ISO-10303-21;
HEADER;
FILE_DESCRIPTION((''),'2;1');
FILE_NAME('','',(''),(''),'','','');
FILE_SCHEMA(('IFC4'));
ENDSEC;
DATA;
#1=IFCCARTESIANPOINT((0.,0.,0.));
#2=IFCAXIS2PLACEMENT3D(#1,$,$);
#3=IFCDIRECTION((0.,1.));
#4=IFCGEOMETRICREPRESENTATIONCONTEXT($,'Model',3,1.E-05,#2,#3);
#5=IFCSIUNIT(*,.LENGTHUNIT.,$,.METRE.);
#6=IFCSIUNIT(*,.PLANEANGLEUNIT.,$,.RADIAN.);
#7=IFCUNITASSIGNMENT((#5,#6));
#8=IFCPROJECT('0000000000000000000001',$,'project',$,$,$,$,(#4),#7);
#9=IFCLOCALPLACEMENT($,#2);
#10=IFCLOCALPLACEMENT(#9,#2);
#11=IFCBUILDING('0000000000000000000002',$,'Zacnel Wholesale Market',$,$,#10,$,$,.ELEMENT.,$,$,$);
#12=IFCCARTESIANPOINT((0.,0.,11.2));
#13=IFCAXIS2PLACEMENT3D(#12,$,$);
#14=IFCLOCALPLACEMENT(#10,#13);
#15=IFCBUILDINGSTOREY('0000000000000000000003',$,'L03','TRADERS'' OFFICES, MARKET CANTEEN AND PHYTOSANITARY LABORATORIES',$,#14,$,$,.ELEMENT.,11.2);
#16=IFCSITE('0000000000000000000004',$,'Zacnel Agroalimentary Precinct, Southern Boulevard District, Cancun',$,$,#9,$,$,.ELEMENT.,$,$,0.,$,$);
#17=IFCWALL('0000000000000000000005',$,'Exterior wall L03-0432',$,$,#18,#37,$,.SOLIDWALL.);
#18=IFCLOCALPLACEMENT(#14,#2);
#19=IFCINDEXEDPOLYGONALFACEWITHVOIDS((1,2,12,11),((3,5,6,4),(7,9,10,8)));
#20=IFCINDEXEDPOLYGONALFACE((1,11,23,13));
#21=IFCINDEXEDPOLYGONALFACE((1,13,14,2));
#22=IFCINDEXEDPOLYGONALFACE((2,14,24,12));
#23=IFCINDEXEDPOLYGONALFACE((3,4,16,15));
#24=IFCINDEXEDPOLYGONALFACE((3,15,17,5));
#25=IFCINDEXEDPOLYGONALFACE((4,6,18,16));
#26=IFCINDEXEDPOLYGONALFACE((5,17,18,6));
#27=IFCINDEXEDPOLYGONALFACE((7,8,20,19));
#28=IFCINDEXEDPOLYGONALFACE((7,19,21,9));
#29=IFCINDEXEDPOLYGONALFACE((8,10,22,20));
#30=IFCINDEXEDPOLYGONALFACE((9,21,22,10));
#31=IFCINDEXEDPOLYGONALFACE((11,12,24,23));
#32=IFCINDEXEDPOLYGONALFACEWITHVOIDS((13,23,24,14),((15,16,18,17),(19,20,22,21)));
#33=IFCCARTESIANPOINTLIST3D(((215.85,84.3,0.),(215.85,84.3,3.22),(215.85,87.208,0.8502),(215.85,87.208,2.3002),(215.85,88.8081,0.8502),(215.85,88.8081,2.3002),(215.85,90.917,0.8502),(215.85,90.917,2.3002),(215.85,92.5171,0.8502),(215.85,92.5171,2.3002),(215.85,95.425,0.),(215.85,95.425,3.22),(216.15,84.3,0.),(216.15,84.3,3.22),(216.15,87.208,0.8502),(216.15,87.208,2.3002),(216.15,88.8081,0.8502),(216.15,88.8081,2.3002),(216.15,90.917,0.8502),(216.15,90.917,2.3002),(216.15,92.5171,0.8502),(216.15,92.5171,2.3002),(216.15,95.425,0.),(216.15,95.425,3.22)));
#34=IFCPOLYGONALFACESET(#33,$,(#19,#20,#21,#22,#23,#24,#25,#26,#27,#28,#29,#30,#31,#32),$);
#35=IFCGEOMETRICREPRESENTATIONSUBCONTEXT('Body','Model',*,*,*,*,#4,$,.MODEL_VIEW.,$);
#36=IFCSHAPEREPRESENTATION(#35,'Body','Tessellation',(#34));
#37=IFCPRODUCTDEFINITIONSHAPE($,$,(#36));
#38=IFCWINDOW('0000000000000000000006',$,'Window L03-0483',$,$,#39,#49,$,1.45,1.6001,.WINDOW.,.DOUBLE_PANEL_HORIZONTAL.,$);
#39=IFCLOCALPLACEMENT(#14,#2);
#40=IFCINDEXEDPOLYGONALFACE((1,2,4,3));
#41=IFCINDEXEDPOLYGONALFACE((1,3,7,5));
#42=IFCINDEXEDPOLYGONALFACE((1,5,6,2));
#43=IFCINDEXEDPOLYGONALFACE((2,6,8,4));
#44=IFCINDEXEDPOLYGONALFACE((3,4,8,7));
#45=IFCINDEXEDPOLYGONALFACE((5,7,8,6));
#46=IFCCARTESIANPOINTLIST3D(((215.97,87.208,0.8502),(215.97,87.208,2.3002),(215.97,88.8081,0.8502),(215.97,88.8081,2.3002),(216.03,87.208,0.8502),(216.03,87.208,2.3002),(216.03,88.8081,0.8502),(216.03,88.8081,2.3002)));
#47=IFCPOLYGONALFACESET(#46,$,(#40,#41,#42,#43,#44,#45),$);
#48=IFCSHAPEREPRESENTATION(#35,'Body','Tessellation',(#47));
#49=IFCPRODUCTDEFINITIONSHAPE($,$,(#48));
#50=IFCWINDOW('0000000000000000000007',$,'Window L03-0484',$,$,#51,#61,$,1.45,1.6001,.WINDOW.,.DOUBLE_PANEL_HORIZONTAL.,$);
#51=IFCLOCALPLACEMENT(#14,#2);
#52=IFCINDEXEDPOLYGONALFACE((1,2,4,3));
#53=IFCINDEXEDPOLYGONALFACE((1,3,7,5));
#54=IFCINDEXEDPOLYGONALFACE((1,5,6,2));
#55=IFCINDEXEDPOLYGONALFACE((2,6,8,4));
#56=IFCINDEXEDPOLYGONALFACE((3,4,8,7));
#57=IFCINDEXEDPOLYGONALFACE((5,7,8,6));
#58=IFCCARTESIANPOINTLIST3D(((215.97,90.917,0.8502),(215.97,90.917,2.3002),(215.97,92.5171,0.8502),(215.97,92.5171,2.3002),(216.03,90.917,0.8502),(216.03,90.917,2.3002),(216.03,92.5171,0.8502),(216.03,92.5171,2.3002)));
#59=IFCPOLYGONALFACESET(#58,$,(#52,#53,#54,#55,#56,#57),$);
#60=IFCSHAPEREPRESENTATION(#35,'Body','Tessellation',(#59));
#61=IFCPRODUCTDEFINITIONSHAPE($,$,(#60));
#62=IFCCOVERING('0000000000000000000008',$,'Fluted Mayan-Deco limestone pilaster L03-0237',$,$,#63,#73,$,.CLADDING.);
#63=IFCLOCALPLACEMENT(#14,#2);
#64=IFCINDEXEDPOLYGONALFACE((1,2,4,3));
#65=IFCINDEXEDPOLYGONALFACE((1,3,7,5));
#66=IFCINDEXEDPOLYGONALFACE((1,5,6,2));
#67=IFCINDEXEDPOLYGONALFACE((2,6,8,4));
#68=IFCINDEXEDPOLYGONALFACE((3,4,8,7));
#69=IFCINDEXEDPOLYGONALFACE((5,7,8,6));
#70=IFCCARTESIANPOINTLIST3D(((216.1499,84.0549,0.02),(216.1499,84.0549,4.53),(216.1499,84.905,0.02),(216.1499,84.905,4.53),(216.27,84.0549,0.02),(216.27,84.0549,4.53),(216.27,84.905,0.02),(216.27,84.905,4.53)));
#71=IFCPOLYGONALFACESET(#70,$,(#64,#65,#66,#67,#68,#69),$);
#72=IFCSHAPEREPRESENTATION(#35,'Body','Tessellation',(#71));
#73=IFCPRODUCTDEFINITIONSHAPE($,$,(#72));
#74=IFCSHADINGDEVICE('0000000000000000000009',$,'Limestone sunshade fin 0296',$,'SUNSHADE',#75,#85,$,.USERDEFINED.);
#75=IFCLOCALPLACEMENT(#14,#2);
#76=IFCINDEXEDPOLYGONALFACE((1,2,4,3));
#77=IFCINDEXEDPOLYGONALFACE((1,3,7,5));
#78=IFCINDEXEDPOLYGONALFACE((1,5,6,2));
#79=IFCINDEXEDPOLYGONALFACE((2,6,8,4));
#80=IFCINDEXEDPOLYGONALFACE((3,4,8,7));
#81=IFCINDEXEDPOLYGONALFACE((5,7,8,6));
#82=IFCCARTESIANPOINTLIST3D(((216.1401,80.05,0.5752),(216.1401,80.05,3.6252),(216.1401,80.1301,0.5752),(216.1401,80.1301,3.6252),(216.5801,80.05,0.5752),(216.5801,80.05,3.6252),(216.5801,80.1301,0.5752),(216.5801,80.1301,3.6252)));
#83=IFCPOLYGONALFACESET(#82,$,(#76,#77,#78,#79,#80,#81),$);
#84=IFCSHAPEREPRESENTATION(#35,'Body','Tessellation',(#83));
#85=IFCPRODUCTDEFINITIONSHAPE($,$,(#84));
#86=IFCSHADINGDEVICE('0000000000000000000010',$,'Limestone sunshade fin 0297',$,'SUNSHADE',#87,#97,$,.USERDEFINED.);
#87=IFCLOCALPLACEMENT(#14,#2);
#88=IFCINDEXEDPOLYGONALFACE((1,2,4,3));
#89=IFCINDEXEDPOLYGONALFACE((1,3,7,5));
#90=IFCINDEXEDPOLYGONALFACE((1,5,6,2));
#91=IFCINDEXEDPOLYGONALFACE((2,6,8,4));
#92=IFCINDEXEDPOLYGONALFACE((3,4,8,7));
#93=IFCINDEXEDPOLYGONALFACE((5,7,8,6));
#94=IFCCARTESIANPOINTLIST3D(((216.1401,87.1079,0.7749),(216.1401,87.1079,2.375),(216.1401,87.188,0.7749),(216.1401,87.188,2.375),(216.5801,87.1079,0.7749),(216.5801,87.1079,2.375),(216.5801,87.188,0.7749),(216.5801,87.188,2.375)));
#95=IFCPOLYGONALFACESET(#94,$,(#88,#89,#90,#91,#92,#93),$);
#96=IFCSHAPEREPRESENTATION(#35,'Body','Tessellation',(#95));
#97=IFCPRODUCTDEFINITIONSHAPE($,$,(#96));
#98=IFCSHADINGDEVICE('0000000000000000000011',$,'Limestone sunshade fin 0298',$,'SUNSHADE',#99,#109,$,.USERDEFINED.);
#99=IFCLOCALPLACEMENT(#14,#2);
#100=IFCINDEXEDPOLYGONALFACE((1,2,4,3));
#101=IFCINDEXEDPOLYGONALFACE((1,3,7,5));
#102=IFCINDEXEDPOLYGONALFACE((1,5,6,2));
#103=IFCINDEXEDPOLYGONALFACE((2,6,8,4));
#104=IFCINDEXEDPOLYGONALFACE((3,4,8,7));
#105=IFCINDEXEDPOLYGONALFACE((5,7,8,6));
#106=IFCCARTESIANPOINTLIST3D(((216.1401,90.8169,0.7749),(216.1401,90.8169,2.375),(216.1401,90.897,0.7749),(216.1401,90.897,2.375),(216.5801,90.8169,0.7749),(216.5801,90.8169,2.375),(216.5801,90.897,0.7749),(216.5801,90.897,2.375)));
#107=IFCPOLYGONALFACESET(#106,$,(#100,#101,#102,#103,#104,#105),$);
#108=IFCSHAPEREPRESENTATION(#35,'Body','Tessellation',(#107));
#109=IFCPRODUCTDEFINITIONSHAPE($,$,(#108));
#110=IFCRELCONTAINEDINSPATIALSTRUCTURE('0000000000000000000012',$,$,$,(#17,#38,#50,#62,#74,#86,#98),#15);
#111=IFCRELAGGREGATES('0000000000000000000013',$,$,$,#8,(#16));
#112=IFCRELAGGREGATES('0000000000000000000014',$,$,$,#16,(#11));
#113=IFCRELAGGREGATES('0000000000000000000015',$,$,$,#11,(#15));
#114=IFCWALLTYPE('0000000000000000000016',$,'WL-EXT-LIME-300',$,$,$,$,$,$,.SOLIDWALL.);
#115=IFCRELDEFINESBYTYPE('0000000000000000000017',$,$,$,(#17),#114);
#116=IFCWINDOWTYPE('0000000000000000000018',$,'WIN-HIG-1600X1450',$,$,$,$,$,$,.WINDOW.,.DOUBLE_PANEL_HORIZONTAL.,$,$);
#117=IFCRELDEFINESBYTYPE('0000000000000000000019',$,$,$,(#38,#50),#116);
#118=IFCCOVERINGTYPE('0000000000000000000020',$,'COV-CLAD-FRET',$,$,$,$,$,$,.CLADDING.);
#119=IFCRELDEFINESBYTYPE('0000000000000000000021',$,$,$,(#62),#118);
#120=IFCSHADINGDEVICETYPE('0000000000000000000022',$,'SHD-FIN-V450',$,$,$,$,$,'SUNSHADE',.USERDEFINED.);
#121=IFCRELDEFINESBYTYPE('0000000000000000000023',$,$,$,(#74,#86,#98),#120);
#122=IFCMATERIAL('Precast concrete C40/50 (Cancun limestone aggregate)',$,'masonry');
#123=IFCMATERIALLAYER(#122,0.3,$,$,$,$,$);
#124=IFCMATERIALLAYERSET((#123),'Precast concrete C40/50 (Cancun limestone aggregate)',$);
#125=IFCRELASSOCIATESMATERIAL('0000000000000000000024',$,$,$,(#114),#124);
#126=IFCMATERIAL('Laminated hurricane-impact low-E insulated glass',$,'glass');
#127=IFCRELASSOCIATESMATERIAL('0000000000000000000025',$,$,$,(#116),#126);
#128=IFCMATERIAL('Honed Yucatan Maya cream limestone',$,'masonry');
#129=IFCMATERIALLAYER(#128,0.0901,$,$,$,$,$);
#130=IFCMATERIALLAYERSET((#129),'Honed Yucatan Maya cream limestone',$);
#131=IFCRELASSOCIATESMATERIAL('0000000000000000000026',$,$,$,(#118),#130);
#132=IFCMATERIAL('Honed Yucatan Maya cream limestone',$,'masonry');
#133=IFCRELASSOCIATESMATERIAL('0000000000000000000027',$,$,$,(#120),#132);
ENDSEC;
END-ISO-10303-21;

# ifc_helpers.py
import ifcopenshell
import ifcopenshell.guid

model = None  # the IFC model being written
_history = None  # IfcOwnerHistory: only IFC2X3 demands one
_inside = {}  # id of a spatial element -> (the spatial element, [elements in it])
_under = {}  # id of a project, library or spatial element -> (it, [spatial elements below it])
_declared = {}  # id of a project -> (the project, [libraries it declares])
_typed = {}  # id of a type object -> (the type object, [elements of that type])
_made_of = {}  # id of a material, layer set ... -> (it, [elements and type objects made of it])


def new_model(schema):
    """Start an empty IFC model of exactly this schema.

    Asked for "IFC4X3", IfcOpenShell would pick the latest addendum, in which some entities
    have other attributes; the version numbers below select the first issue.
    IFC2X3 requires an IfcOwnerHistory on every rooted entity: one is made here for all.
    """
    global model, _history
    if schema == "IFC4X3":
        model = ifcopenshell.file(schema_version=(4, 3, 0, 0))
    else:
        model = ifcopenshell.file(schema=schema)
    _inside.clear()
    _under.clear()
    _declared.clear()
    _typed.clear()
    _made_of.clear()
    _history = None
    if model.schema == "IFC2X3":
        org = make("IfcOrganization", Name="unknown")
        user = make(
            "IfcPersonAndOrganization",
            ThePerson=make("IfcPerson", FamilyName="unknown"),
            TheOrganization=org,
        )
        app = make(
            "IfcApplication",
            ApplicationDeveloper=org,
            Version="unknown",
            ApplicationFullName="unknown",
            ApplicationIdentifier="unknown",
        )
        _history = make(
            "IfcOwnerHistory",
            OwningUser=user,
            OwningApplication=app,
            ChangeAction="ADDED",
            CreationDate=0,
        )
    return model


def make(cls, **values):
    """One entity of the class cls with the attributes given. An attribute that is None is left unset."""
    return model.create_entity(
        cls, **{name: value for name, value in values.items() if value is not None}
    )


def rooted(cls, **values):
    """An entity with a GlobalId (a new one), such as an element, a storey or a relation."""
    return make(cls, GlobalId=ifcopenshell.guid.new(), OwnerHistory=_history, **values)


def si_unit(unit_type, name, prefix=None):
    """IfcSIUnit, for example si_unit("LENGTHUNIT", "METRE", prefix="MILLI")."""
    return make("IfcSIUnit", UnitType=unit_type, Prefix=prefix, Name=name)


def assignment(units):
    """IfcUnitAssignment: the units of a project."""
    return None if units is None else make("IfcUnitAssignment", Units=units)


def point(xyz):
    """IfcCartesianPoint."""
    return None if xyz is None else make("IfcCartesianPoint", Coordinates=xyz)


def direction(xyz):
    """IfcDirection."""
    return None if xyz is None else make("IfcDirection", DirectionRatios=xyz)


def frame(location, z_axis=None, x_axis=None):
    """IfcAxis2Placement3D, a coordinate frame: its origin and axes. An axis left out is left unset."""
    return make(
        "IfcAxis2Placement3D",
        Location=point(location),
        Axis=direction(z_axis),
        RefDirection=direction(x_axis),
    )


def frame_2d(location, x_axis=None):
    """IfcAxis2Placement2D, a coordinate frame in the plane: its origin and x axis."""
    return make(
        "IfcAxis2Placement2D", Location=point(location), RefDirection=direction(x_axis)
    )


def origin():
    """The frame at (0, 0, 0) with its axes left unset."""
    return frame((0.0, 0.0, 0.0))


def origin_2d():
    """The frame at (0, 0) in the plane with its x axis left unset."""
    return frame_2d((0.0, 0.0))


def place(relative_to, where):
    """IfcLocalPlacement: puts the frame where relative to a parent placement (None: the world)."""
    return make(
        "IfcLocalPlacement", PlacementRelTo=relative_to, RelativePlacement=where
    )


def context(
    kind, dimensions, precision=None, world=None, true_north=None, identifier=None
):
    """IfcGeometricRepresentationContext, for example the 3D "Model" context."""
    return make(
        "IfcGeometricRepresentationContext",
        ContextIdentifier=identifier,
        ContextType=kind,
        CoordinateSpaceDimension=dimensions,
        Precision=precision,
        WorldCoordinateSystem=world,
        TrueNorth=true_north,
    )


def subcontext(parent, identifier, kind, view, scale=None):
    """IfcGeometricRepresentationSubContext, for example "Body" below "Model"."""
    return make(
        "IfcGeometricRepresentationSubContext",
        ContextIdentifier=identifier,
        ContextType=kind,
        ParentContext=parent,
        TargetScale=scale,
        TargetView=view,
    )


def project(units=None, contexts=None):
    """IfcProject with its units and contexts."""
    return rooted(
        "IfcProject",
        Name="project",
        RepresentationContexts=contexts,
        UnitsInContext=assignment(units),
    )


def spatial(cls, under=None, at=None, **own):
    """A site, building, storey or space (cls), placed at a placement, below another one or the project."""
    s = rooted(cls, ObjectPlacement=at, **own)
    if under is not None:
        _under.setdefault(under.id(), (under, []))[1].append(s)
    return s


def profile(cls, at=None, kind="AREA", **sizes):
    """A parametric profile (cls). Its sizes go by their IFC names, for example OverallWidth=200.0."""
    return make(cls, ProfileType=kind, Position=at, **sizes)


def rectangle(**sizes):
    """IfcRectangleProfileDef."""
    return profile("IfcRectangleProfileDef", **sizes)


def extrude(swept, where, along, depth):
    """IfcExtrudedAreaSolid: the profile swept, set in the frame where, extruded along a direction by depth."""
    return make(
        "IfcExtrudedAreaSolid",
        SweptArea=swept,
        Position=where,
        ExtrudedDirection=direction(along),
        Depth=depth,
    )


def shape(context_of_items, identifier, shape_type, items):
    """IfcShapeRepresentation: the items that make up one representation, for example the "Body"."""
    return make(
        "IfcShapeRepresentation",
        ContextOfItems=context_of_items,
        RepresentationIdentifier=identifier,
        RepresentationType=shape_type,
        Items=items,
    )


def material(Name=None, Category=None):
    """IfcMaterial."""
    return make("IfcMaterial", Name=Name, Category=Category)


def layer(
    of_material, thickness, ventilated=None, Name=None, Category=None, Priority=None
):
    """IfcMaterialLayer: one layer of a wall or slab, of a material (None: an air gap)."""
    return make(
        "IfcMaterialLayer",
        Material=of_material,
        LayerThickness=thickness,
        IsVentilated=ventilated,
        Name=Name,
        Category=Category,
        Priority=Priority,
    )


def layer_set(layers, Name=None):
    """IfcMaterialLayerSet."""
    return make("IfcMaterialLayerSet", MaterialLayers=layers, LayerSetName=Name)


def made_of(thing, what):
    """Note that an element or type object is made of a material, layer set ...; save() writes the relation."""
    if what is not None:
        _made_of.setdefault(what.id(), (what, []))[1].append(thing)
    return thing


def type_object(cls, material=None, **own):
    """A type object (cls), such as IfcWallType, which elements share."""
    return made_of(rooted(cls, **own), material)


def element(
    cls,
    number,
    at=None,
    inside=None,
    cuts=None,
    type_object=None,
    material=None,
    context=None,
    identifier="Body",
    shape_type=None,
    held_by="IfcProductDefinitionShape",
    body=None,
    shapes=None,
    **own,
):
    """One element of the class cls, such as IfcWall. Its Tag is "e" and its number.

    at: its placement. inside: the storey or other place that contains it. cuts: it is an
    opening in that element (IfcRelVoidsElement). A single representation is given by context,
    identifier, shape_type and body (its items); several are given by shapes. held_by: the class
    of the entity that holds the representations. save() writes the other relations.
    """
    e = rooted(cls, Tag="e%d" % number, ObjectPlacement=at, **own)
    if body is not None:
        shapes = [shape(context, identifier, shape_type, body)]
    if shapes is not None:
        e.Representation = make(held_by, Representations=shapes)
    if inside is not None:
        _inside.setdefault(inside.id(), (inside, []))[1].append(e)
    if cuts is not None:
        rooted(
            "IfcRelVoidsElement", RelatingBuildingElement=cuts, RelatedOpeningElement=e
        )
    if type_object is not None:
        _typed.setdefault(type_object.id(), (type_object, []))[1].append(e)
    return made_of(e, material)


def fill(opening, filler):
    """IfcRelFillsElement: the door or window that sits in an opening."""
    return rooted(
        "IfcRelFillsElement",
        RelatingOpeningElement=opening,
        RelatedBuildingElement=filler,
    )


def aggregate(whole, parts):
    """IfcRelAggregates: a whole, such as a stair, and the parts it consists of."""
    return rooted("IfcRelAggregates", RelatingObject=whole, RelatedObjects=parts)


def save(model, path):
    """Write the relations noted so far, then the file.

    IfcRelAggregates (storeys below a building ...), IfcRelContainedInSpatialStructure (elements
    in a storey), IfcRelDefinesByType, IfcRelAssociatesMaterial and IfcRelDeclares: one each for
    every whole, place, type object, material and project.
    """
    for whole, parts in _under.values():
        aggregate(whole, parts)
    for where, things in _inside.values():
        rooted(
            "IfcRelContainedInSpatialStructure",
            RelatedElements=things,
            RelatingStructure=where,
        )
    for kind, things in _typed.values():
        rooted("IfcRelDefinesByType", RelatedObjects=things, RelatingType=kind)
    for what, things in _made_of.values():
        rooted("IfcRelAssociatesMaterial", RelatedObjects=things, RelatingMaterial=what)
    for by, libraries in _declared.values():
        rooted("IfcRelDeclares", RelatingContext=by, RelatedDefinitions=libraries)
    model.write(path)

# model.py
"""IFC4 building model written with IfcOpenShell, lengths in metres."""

from ifc_helpers import new_model, si_unit, direction, frame, frame_2d, origin, origin_2d, place, context, subcontext, project, spatial, rectangle, extrude, material, layer, layer_set, type_object, element, fill, save


model = new_model("IFC4")

# Units and contexts
model_context = context("Model", 3, precision=1e-05, world=origin(), true_north=direction((0.0, 1.0)))
body_context = subcontext(model_context, "Body", "Model", "MODEL_VIEW")
ifc_project = project(units=[si_unit("LENGTHUNIT", "METRE"), si_unit("PLANEANGLEUNIT", "RADIAN")], contexts=[model_context])

# Site, building, storey
site_placement = place(None, origin())
site = spatial("IfcSite", under=ifc_project, at=site_placement, Name="Zacnel Agroalimentary Precinct, Southern Boulevard District, Cancun", CompositionType="ELEMENT", RefElevation=0.0)
building_placement = place(site_placement, origin())
building = spatial("IfcBuilding", under=site, at=building_placement, Name="Zacnel Wholesale Market", CompositionType="ELEMENT")
storey_placement = place(building_placement, frame((0.0, 0.0, 11.2)))
storey = spatial("IfcBuildingStorey", under=building, at=storey_placement, Name="L03", Description="TRADERS' OFFICES, MARKET CANTEEN AND PHYTOSANITARY LABORATORIES", CompositionType="ELEMENT", Elevation=11.2)

# Wall, openings, windows
ifc_material_1 = material(Name="Precast concrete C40/50 (Cancun limestone aggregate)", Category="masonry")
ifc_layer_1 = layer(ifc_material_1, 0.3)
ifc_layer_set_1 = layer_set([ifc_layer_1], Name="Precast concrete C40/50 (Cancun limestone aggregate)")
wall_type = type_object("IfcWallType", Name="WL-EXT-LIME-300", PredefinedType="SOLIDWALL", material=ifc_layer_set_1)
wall_placement = place(storey_placement, frame((216.0, 84.3, 0.0), z_axis=(0.0, 0.0, 1.0), x_axis=(0.0, 1.0, 0.0)))
wall = element("IfcWall", 1, at=wall_placement, inside=storey, type_object=wall_type, Name="Exterior wall L03-0432", PredefinedType="SOLIDWALL", context=body_context, shape_type="SweptSolid", body=[
    extrude(rectangle(XDim=11.125, YDim=0.3, at=frame_2d((5.5625, 0.0))), origin(), (0.0, 0.0, 1.0), 3.22),
])
opening_1_placement = place(wall_placement, frame((2.908, 0.0, 0.8501)))
opening_1 = element("IfcOpeningElement", 2, at=opening_1_placement, cuts=wall, PredefinedType="OPENING", context=body_context, shape_type="SweptSolid", body=[
    extrude(rectangle(XDim=1.6001, YDim=1.45, at=frame_2d((0.8, 0.7251))), frame((0.0, 0.1599, 0.0), z_axis=(0.0, -1.0, 0.0), x_axis=(1.0, 0.0, 0.0)), (0.0, 0.0, 1.0), 0.3201),
])
opening_2_placement = place(wall_placement, frame((6.6169, 0.0, 0.8501)))
opening_2 = element("IfcOpeningElement", 3, at=opening_2_placement, cuts=wall, PredefinedType="OPENING", context=body_context, shape_type="SweptSolid", body=[
    extrude(rectangle(XDim=1.6001, YDim=1.45, at=frame_2d((0.8, 0.7251))), frame((0.0, 0.1599, 0.0), z_axis=(0.0, -1.0, 0.0), x_axis=(1.0, 0.0, 0.0)), (0.0, 0.0, 1.0), 0.3201),
])
ifc_material_2 = material(Name="Laminated hurricane-impact low-E insulated glass", Category="glass")
window_type = type_object("IfcWindowType", Name="WIN-HIG-1600X1450", PartitioningType="DOUBLE_PANEL_HORIZONTAL", PredefinedType="WINDOW", material=ifc_material_2)
window_1_placement = place(opening_1_placement, origin())
window_1 = element("IfcWindow", 4, at=window_1_placement, inside=storey, type_object=window_type, Name="Window L03-0483", OverallHeight=1.45, OverallWidth=1.6001, PartitioningType="DOUBLE_PANEL_HORIZONTAL", PredefinedType="WINDOW", context=body_context, shape_type="SweptSolid", body=[
    extrude(rectangle(XDim=1.6001, YDim=1.45, at=frame_2d((0.8, 0.7251))), frame((0.0, 0.03, 0.0), z_axis=(0.0, -1.0, 0.0), x_axis=(1.0, 0.0, 0.0)), (0.0, 0.0, 1.0), 0.0601),
])
fill(opening_1, window_1)
window_2_placement = place(opening_2_placement, origin())
window_2 = element("IfcWindow", 5, at=window_2_placement, inside=storey, type_object=window_type, Name="Window L03-0484", OverallHeight=1.45, OverallWidth=1.6001, PartitioningType="DOUBLE_PANEL_HORIZONTAL", PredefinedType="WINDOW", context=body_context, shape_type="SweptSolid", body=[
    extrude(rectangle(XDim=1.6001, YDim=1.45, at=frame_2d((0.8, 0.7251))), frame((0.0, 0.03, 0.0), z_axis=(0.0, -1.0, 0.0), x_axis=(1.0, 0.0, 0.0)), (0.0, 0.0, 1.0), 0.0601),
])
fill(opening_2, window_2)

# Covering
ifc_material_3 = material(Name="Honed Yucatan Maya cream limestone", Category="masonry")
ifc_layer_2 = layer(ifc_material_3, 0.0901)
ifc_layer_set_2 = layer_set([ifc_layer_2], Name="Honed Yucatan Maya cream limestone")
covering_type = type_object("IfcCoveringType", Name="COV-CLAD-FRET", PredefinedType="CLADDING", material=ifc_layer_set_2)
covering_placement = place(storey_placement, frame((216.21, 84.48, 0.02), z_axis=(0.0, 0.0, 1.0), x_axis=(0.0, 1.0, 0.0)))
element("IfcCovering", 6, at=covering_placement, inside=storey, type_object=covering_type, Name="Fluted Mayan-Deco limestone pilaster L03-0237", PredefinedType="CLADDING", context=body_context, shape_type="SweptSolid", body=[
    extrude(rectangle(XDim=0.8501, YDim=0.1201, at=origin_2d()), origin(), (0.0, 0.0, 1.0), 4.51),
])

# Shading devices
ifc_material_4 = material(Name="Honed Yucatan Maya cream limestone", Category="masonry")
shading_device_type = type_object("IfcShadingDeviceType", Name="SHD-FIN-V450", ElementType="SUNSHADE", PredefinedType="USERDEFINED", material=ifc_material_4)
shading_device_placement = place(storey_placement, frame((216.3601, 80.0901, 0.5752), z_axis=(0.0, 0.0, 1.0), x_axis=(0.0, 1.0, 0.0)))
element("IfcShadingDevice", 7, at=shading_device_placement, inside=storey, type_object=shading_device_type, Name="Limestone sunshade fin 0296", ObjectType="SUNSHADE", PredefinedType="USERDEFINED", context=body_context, shape_type="SweptSolid", body=[
    extrude(rectangle(XDim=0.0801, YDim=0.4399, at=origin_2d()), origin(), (0.0, 0.0, 1.0), 3.05),
])
for number, where, z_axis, x_axis, name in (
    (8, (216.3601, 87.1479, 0.7749), (0.0, 0.0, 1.0), (0.0, 1.0, 0.0), "Limestone sunshade fin 0297"),
    (9, (216.3601, 90.8569, 0.7749), (0.0, 0.0, 1.0), (0.0, 1.0, 0.0), "Limestone sunshade fin 0298"),
):
    element("IfcShadingDevice", number, at=place(storey_placement, frame(where, z_axis=z_axis, x_axis=x_axis)), inside=storey, type_object=shading_device_type, Name=name, ObjectType="SUNSHADE", PredefinedType="USERDEFINED", context=body_context, shape_type="SweptSolid", body=[
        extrude(rectangle(XDim=0.0801, YDim=0.4399, at=origin_2d()), origin(), (0.0, 0.0, 1.0), 1.6001),
    ])

save(model, "model.ifc")
